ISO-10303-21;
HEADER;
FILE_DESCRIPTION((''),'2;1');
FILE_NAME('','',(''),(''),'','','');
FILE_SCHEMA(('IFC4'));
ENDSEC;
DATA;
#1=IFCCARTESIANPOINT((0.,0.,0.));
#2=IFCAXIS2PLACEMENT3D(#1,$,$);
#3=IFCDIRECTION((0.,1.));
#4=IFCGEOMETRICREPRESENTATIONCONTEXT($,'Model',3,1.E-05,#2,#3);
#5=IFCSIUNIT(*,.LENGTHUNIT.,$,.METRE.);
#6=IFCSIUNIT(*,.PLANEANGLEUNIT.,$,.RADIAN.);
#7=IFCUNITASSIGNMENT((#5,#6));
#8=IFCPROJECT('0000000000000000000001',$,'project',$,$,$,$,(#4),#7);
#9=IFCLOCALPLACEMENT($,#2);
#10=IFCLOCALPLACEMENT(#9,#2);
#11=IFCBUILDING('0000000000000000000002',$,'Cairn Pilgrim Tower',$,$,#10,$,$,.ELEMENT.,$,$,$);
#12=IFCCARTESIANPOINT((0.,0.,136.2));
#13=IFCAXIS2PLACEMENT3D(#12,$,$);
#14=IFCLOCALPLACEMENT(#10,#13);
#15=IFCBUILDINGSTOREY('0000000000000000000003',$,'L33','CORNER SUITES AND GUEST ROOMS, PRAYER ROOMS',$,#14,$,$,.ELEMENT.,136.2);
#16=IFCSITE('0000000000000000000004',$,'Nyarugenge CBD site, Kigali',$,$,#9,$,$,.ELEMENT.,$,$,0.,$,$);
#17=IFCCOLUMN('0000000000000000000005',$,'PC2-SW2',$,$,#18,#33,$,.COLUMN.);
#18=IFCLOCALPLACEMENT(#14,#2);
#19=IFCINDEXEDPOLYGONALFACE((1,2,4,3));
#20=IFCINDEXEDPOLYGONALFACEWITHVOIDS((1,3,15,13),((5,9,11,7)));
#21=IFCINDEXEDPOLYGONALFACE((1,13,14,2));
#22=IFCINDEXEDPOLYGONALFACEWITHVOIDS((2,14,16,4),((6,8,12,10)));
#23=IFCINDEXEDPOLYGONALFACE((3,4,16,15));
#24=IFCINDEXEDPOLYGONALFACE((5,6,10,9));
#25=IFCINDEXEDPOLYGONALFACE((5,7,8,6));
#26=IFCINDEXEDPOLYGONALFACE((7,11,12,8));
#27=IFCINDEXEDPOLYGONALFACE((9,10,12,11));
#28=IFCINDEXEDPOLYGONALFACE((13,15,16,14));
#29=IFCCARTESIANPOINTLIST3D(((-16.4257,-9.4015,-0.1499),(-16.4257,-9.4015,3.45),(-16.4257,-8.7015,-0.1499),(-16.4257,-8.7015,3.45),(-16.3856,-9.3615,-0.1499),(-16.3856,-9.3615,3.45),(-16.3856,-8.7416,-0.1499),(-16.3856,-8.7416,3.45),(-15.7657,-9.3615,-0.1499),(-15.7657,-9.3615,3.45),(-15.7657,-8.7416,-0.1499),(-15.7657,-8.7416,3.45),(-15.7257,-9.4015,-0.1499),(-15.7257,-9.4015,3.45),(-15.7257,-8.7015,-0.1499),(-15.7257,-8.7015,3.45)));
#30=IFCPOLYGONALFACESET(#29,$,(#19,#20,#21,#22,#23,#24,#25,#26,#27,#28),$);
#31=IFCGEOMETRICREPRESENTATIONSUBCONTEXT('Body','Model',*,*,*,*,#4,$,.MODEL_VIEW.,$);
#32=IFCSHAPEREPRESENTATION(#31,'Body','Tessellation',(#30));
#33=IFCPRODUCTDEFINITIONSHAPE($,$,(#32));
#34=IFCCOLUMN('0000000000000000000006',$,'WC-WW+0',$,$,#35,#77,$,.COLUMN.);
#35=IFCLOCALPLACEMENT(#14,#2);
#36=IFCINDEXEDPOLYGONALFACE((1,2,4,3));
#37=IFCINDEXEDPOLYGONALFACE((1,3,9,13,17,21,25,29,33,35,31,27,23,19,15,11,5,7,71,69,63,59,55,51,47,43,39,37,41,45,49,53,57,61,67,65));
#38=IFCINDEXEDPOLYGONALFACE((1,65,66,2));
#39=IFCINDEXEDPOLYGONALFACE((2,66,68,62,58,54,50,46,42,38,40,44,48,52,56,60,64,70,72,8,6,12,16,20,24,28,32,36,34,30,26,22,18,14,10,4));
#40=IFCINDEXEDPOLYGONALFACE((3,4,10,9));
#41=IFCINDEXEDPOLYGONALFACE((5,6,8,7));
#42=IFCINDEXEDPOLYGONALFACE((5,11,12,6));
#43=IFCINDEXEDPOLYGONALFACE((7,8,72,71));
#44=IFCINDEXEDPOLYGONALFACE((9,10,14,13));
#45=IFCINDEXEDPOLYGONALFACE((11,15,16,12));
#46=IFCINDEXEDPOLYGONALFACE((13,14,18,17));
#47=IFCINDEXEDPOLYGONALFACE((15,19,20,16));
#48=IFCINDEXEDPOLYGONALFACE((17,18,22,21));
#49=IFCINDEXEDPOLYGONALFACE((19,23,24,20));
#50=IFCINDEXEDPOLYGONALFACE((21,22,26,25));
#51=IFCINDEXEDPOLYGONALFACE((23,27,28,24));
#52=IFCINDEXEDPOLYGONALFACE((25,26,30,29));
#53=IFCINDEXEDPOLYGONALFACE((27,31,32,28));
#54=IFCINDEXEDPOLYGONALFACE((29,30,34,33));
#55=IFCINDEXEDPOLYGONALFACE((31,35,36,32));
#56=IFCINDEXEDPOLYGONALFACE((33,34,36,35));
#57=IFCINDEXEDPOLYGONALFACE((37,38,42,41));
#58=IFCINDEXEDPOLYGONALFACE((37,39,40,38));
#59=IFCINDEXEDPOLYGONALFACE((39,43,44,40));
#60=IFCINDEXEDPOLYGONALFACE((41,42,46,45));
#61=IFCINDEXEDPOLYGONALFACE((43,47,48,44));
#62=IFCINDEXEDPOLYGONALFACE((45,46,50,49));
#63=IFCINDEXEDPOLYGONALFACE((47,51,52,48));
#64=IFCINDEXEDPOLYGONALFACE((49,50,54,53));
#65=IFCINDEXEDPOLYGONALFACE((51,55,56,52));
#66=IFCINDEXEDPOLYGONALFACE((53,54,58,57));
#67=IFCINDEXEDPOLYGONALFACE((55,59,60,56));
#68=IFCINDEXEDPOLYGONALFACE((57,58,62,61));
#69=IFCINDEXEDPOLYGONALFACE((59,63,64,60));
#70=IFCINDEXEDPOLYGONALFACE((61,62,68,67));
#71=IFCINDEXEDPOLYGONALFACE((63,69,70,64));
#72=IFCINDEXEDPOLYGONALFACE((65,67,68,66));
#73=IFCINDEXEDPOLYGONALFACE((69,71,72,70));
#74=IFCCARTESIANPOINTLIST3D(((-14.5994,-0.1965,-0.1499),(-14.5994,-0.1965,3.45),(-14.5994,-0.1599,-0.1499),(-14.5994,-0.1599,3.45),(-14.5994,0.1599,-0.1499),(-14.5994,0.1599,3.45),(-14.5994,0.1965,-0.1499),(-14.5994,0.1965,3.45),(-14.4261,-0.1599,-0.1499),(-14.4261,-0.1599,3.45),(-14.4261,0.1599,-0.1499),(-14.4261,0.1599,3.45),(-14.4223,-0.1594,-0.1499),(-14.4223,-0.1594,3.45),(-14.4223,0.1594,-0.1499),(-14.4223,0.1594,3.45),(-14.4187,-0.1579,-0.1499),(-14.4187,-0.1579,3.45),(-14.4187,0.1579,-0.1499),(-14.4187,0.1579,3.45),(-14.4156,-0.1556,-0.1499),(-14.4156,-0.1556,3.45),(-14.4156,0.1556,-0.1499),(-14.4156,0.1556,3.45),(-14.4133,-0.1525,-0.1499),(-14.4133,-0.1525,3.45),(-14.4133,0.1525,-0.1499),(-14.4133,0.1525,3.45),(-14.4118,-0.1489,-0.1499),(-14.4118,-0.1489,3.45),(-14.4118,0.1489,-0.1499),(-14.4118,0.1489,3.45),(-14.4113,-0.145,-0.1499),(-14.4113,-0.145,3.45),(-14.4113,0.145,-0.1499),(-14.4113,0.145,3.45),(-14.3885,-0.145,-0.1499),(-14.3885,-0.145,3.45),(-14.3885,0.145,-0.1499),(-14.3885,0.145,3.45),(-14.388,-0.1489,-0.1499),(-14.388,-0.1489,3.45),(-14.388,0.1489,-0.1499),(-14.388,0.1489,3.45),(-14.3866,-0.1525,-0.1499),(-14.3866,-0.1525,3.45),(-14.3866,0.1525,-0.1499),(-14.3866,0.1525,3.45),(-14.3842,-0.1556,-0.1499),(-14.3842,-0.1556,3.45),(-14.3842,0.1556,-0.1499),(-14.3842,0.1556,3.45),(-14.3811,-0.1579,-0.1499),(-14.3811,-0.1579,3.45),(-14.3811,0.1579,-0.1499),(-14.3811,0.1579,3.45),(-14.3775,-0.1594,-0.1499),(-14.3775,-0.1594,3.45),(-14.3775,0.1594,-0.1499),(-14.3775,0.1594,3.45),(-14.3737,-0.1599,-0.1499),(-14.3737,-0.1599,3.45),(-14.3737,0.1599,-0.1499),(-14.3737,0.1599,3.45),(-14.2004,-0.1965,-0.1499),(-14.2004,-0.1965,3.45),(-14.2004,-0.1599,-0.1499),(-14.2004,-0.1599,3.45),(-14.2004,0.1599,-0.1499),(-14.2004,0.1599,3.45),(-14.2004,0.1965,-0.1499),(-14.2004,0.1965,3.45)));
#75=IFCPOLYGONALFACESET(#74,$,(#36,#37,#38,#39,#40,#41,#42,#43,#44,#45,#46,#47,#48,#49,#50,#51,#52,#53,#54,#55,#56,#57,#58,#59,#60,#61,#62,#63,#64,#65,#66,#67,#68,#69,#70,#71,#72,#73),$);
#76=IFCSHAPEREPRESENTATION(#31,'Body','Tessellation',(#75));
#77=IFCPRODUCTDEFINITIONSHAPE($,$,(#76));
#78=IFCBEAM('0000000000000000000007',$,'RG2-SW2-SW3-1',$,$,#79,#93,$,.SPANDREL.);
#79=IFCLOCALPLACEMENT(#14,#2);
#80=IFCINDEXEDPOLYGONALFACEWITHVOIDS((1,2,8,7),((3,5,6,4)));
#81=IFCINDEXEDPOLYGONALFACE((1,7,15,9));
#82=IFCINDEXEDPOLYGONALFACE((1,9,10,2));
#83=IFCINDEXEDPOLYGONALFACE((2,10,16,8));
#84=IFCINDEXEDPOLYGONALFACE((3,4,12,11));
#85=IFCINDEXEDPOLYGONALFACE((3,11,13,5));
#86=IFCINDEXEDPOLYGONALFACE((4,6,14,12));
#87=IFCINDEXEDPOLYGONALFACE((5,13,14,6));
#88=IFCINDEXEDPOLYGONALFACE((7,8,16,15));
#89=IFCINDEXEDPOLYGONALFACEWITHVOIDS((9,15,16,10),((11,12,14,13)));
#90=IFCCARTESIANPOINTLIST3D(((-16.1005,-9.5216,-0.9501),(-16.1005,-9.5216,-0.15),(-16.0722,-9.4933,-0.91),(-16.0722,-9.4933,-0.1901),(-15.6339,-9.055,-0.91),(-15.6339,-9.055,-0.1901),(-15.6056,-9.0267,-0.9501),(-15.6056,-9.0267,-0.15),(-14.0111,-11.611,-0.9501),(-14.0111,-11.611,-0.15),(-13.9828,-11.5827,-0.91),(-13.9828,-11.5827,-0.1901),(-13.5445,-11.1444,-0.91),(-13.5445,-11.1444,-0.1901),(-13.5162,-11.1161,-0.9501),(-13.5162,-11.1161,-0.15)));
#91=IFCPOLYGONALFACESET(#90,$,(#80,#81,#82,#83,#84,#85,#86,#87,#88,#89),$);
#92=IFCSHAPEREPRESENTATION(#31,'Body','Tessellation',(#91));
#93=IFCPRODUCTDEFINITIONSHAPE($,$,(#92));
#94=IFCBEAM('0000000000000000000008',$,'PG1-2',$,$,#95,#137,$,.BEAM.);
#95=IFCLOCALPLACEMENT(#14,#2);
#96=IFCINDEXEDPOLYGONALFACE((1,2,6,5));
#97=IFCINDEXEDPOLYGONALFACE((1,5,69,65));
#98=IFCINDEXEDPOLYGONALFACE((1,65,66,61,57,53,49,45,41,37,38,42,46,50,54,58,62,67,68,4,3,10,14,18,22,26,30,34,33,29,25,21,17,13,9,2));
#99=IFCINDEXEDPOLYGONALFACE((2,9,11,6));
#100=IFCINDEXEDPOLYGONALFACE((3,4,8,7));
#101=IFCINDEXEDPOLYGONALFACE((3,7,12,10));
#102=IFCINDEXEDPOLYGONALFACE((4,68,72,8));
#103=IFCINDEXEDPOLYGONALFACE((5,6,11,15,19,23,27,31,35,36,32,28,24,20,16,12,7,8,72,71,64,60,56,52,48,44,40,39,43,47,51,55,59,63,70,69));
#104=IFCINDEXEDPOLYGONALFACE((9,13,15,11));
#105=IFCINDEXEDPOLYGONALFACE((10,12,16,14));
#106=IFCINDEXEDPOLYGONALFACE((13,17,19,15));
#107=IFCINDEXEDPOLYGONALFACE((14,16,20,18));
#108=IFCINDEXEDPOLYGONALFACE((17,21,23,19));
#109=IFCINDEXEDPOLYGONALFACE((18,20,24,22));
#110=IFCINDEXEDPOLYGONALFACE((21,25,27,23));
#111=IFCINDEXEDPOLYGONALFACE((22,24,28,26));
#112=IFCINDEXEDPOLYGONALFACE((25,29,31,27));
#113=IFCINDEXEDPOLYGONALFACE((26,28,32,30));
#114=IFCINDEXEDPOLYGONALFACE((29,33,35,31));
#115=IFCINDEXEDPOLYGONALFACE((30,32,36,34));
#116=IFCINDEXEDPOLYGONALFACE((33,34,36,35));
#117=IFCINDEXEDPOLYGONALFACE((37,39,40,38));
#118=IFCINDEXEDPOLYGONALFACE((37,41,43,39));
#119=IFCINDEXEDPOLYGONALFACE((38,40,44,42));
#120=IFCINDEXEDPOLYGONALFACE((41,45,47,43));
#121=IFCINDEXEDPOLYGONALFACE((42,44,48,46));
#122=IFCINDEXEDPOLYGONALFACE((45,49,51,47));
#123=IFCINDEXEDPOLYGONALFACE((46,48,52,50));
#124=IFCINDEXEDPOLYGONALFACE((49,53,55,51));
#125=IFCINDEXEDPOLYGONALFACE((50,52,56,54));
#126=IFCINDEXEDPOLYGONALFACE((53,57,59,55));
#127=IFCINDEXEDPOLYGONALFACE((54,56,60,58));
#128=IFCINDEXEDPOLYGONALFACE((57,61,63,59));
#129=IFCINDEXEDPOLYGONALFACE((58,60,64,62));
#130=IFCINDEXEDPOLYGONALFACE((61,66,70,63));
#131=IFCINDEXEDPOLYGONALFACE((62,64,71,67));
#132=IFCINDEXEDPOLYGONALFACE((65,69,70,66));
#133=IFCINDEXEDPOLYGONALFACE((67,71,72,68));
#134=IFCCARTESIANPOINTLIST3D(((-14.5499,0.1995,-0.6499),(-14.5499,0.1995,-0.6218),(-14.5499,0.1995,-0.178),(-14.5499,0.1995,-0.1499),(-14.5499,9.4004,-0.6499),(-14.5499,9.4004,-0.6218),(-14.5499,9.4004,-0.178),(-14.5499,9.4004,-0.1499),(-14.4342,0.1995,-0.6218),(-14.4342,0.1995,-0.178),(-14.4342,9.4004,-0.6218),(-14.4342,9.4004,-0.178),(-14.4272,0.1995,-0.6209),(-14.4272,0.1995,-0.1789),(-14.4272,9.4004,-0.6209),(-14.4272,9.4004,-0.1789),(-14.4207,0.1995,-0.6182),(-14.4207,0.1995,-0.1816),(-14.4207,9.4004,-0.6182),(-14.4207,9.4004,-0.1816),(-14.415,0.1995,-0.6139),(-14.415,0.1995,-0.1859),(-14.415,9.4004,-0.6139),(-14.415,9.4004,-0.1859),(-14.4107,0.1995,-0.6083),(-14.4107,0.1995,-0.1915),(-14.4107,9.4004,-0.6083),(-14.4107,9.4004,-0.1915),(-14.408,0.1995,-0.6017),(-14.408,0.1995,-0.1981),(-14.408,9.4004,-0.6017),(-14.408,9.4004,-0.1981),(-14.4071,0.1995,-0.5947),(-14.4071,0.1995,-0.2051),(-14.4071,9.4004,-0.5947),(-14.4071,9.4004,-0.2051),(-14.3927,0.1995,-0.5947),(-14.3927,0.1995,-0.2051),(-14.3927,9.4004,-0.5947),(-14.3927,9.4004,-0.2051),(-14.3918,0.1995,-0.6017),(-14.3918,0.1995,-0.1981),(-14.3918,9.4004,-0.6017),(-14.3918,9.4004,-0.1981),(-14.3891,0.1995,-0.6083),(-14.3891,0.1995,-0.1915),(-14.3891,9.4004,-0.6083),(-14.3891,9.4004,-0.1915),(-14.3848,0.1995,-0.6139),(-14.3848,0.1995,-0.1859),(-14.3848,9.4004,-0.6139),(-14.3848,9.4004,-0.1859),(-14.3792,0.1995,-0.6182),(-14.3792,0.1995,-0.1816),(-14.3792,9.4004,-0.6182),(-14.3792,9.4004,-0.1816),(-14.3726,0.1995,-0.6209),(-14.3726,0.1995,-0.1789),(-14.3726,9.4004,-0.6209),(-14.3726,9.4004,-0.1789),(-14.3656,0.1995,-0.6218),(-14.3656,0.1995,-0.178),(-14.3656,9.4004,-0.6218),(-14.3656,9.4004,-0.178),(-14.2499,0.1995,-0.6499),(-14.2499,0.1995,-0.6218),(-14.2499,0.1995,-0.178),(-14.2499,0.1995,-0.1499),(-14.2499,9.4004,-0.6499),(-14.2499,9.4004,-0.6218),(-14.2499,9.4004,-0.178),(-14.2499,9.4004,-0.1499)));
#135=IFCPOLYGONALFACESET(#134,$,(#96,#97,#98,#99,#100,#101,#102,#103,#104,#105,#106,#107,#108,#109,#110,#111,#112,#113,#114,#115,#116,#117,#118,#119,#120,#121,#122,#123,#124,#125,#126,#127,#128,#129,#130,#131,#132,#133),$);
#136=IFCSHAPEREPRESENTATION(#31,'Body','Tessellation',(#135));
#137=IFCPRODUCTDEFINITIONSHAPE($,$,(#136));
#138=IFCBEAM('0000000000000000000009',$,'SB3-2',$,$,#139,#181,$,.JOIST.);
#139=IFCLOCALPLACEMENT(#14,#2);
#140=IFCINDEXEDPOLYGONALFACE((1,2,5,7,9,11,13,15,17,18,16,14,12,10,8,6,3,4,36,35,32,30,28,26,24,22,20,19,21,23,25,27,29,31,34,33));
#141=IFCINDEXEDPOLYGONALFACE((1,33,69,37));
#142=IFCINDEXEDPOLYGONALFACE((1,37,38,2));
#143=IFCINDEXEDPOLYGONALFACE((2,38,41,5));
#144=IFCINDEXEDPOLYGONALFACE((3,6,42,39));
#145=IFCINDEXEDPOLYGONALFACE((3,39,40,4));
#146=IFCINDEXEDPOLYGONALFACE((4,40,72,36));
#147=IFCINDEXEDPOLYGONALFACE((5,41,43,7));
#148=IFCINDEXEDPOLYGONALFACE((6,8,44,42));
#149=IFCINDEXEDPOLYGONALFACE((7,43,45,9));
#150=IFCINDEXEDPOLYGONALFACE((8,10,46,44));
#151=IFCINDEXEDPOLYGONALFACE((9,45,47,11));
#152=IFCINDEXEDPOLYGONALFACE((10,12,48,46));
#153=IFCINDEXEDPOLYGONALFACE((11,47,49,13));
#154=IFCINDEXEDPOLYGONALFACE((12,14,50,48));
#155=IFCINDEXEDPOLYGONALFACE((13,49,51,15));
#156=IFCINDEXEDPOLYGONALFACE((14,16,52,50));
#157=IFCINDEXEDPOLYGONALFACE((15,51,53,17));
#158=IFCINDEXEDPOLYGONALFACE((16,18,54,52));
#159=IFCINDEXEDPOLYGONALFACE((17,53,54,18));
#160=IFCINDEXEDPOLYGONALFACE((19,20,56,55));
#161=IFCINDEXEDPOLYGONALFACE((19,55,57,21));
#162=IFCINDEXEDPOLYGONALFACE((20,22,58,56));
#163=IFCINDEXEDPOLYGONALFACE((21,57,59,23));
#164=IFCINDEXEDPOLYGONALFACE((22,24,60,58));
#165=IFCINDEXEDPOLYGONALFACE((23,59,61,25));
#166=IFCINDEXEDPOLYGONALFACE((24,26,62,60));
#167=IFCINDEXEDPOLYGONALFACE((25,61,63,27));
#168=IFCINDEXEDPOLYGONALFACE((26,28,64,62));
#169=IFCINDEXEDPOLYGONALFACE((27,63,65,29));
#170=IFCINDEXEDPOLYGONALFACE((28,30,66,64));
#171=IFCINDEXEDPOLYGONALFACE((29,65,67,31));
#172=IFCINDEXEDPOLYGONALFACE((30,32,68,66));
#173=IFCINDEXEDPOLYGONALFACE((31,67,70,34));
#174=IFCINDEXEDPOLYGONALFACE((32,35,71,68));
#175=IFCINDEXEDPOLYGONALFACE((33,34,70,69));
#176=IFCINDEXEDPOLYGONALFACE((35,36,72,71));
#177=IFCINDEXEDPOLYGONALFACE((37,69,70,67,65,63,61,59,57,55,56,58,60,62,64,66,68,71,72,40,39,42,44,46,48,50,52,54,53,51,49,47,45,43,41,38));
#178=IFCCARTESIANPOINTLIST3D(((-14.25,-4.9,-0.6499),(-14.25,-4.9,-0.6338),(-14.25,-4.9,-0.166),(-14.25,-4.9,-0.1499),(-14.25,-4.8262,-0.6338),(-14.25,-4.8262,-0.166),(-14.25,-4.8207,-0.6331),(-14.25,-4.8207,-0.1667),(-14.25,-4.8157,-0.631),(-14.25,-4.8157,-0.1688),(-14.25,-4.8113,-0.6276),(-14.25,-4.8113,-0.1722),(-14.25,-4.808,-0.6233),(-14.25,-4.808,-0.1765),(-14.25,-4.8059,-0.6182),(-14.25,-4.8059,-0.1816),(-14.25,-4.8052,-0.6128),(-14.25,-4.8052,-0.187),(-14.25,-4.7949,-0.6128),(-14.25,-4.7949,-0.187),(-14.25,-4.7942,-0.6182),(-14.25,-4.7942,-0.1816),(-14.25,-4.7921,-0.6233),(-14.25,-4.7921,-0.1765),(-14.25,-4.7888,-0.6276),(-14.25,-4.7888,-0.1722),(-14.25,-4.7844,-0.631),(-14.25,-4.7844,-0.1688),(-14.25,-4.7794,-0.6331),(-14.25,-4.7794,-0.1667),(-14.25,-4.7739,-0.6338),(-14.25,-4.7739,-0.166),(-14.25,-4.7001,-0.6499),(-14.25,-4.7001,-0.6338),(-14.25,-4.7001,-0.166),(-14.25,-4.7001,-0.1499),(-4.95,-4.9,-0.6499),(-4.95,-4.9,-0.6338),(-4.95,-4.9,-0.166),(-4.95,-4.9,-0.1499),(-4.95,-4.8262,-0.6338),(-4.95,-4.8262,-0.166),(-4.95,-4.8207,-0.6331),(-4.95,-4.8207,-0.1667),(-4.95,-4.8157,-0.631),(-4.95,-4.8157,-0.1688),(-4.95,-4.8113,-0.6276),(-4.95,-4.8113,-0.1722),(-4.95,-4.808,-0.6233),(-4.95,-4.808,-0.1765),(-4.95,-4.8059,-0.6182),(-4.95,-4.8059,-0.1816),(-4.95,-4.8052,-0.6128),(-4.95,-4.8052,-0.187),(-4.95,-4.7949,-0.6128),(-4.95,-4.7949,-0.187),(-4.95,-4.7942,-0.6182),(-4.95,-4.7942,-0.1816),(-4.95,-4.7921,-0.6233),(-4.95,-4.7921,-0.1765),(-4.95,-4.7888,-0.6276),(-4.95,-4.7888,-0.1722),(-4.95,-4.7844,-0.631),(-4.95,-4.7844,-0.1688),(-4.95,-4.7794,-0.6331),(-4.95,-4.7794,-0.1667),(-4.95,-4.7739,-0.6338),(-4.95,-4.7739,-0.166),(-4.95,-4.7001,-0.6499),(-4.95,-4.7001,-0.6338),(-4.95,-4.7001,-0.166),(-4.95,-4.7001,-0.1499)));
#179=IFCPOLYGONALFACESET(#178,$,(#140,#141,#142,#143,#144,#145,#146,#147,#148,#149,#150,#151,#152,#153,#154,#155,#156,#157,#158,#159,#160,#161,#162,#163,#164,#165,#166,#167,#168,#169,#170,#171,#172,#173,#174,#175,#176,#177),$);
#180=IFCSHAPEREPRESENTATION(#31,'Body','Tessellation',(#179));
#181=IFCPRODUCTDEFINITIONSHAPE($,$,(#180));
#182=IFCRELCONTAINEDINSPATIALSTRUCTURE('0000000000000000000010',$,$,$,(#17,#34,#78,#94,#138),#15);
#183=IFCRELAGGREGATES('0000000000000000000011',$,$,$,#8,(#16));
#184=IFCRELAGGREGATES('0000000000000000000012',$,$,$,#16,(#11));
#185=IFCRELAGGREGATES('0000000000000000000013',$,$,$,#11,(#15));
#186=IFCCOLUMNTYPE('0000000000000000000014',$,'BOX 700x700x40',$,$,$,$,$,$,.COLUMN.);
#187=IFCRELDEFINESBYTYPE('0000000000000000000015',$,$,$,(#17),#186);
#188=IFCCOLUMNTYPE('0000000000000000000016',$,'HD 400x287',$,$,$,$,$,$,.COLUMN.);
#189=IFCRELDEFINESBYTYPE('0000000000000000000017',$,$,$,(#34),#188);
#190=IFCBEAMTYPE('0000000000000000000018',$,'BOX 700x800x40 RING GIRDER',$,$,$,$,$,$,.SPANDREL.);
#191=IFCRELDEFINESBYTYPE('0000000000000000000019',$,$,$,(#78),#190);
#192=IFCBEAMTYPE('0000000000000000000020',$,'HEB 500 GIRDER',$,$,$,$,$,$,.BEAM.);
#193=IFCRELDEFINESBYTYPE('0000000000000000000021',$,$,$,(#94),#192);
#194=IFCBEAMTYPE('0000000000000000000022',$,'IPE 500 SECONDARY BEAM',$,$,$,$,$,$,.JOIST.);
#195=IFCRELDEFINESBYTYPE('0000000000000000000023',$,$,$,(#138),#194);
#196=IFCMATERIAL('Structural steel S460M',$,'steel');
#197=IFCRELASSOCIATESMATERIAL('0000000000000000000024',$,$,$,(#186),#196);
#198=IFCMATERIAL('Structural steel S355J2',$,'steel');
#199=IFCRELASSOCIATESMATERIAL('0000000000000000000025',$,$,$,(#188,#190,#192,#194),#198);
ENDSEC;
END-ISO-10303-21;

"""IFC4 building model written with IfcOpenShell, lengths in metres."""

from ifc_helpers import new_model, si_unit, direction, frame, origin, origin_2d, place, context, subcontext, project, spatial, hollow_rectangle, i_section, extrude, material, material_profile, profile_set, type_object, element, save


model = new_model("IFC4")

# Units and contexts
model_context = context("Model", 3, precision=1e-05, world=origin(), true_north=direction((0.0, 1.0)))
body_context = subcontext(model_context, "Body", "Model", "MODEL_VIEW")
ifc_project = project(units=[si_unit("LENGTHUNIT", "METRE"), si_unit("PLANEANGLEUNIT", "RADIAN")], contexts=[model_context])

# Site, building, storey
site_placement = place(None, origin())
site = spatial("IfcSite", under=ifc_project, at=site_placement, Name="Nyarugenge CBD site, Kigali", CompositionType="ELEMENT", RefElevation=0.0)
building_placement = place(site_placement, origin())
building = spatial("IfcBuilding", under=site, at=building_placement, Name="Cairn Pilgrim Tower", CompositionType="ELEMENT")
storey_placement = place(building_placement, frame((0.0, 0.0, 136.2)))
storey = spatial("IfcBuildingStorey", under=building, at=storey_placement, Name="L33", Description="CORNER SUITES AND GUEST ROOMS, PRAYER ROOMS", CompositionType="ELEMENT", Elevation=136.2)

# Columns
ifc_material_1 = material(Name="Structural steel S460M", Category="steel")
ifc_material_profile_1 = material_profile(ifc_material_1, hollow_rectangle(XDim=0.7, YDim=0.7, WallThickness=0.04, at=origin_2d()), Name="BOX 700x700x40")
ifc_profile_set_1 = profile_set([ifc_material_profile_1], Name="Structural steel S460M")
column_type_1 = type_object("IfcColumnType", Name="BOX 700x700x40", PredefinedType="COLUMN", material=ifc_profile_set_1)
column_1_placement = place(storey_placement, frame((-16.0757, -9.0515, -0.1499), z_axis=(0.0, 0.0, 1.0), x_axis=(1.0, 0.0, 0.0)))
element("IfcColumn", 1, at=column_1_placement, inside=storey, type_object=column_type_1, Name="PC2-SW2", PredefinedType="COLUMN", context=body_context, shape_type="SweptSolid", body=[
    extrude(hollow_rectangle(XDim=0.7, YDim=0.7, WallThickness=0.04, at=origin_2d()), origin(), (0.0, 0.0, 1.0), 3.5999),
])
ifc_material_2 = material(Name="Structural steel S355J2", Category="steel")
ifc_material_profile_2 = material_profile(ifc_material_2, i_section(OverallWidth=0.3989, OverallDepth=0.3931, WebThickness=0.0227, FlangeThickness=0.0366, FilletRadius=0.0149, at=origin_2d()), Name="HD 400x287")
ifc_profile_set_2 = profile_set([ifc_material_profile_2], Name="Structural steel S355J2")
column_type_2 = type_object("IfcColumnType", Name="HD 400x287", PredefinedType="COLUMN", material=ifc_profile_set_2)
column_2_placement = place(storey_placement, frame((-14.3999, 0.0, -0.1499), z_axis=(0.0, 0.0, 1.0), x_axis=(1.0, 0.0, 0.0)))
element("IfcColumn", 2, at=column_2_placement, inside=storey, type_object=column_type_2, Name="WC-WW+0", PredefinedType="COLUMN", context=body_context, shape_type="SweptSolid", body=[
    extrude(i_section(OverallWidth=0.3989, OverallDepth=0.3931, WebThickness=0.0227, FlangeThickness=0.0366, FilletRadius=0.0149, at=origin_2d()), origin(), (0.0, 0.0, 1.0), 3.5999),
])

# Beams
ifc_material_profile_3 = material_profile(ifc_material_2, hollow_rectangle(XDim=0.7, YDim=0.8, WallThickness=0.04, at=origin_2d()), Name="BOX 700x800x40")
ifc_profile_set_3 = profile_set([ifc_material_profile_3], Name="Structural steel S355J2")
beam_type_1 = type_object("IfcBeamType", Name="BOX 700x800x40 RING GIRDER", PredefinedType="SPANDREL", material=ifc_profile_set_3)
beam_1_placement = place(storey_placement, frame((-15.853, -9.2742, -0.55), z_axis=(0.707107, -0.707107, 0.0), x_axis=(0.707107, 0.707107, 0.0)))
element("IfcBeam", 3, at=beam_1_placement, inside=storey, type_object=beam_type_1, Name="RG2-SW2-SW3-1", PredefinedType="SPANDREL", context=body_context, shape_type="SweptSolid", body=[
    extrude(hollow_rectangle(XDim=0.7, YDim=0.8, WallThickness=0.04, at=origin_2d()), origin(), (0.0, 0.0, 1.0), 2.9548),
])
ifc_material_profile_4 = material_profile(ifc_material_2, i_section(OverallWidth=0.3, OverallDepth=0.5, WebThickness=0.0144, FlangeThickness=0.0281, FilletRadius=0.0271, at=origin_2d()), Name="HEB 500")
ifc_profile_set_4 = profile_set([ifc_material_profile_4], Name="Structural steel S355J2")
beam_type_2 = type_object("IfcBeamType", Name="HEB 500 GIRDER", PredefinedType="BEAM", material=ifc_profile_set_4)
beam_2_placement = place(storey_placement, frame((-14.3999, 0.1995, -0.3999), z_axis=(0.0, 1.0, 0.0), x_axis=(-1.0, 0.0, 0.0)))
element("IfcBeam", 4, at=beam_2_placement, inside=storey, type_object=beam_type_2, Name="PG1-2", PredefinedType="BEAM", context=body_context, shape_type="SweptSolid", body=[
    extrude(i_section(OverallWidth=0.3, OverallDepth=0.5, WebThickness=0.0144, FlangeThickness=0.0281, FilletRadius=0.0271, at=origin_2d()), origin(), (0.0, 0.0, 1.0), 9.2009),
])
ifc_material_profile_5 = material_profile(ifc_material_2, i_section(OverallWidth=0.2, OverallDepth=0.5, WebThickness=0.0103, FlangeThickness=0.0161, FilletRadius=0.021, at=origin_2d()), Name="IPE 500")
ifc_profile_set_5 = profile_set([ifc_material_profile_5], Name="Structural steel S355J2")
beam_type_3 = type_object("IfcBeamType", Name="IPE 500 SECONDARY BEAM", PredefinedType="JOIST", material=ifc_profile_set_5)
for number, where, z_axis, x_axis, name in (
    (5, (-14.25, -4.8, -0.3999), (1.0, 0.0, 0.0), (0.0, 1.0, 0.0), "SB3-2"),
):
    element("IfcBeam", number, at=place(storey_placement, frame(where, z_axis=z_axis, x_axis=x_axis)), inside=storey, type_object=beam_type_3, Name=name, PredefinedType="JOIST", context=body_context, shape_type="SweptSolid", body=[
        extrude(i_section(OverallWidth=0.2, OverallDepth=0.5, WebThickness=0.0103, FlangeThickness=0.0161, FilletRadius=0.021, at=origin_2d()), origin(), (0.0, 0.0, 1.0), 9.3),
    ])

save(model, "model.ifc")
